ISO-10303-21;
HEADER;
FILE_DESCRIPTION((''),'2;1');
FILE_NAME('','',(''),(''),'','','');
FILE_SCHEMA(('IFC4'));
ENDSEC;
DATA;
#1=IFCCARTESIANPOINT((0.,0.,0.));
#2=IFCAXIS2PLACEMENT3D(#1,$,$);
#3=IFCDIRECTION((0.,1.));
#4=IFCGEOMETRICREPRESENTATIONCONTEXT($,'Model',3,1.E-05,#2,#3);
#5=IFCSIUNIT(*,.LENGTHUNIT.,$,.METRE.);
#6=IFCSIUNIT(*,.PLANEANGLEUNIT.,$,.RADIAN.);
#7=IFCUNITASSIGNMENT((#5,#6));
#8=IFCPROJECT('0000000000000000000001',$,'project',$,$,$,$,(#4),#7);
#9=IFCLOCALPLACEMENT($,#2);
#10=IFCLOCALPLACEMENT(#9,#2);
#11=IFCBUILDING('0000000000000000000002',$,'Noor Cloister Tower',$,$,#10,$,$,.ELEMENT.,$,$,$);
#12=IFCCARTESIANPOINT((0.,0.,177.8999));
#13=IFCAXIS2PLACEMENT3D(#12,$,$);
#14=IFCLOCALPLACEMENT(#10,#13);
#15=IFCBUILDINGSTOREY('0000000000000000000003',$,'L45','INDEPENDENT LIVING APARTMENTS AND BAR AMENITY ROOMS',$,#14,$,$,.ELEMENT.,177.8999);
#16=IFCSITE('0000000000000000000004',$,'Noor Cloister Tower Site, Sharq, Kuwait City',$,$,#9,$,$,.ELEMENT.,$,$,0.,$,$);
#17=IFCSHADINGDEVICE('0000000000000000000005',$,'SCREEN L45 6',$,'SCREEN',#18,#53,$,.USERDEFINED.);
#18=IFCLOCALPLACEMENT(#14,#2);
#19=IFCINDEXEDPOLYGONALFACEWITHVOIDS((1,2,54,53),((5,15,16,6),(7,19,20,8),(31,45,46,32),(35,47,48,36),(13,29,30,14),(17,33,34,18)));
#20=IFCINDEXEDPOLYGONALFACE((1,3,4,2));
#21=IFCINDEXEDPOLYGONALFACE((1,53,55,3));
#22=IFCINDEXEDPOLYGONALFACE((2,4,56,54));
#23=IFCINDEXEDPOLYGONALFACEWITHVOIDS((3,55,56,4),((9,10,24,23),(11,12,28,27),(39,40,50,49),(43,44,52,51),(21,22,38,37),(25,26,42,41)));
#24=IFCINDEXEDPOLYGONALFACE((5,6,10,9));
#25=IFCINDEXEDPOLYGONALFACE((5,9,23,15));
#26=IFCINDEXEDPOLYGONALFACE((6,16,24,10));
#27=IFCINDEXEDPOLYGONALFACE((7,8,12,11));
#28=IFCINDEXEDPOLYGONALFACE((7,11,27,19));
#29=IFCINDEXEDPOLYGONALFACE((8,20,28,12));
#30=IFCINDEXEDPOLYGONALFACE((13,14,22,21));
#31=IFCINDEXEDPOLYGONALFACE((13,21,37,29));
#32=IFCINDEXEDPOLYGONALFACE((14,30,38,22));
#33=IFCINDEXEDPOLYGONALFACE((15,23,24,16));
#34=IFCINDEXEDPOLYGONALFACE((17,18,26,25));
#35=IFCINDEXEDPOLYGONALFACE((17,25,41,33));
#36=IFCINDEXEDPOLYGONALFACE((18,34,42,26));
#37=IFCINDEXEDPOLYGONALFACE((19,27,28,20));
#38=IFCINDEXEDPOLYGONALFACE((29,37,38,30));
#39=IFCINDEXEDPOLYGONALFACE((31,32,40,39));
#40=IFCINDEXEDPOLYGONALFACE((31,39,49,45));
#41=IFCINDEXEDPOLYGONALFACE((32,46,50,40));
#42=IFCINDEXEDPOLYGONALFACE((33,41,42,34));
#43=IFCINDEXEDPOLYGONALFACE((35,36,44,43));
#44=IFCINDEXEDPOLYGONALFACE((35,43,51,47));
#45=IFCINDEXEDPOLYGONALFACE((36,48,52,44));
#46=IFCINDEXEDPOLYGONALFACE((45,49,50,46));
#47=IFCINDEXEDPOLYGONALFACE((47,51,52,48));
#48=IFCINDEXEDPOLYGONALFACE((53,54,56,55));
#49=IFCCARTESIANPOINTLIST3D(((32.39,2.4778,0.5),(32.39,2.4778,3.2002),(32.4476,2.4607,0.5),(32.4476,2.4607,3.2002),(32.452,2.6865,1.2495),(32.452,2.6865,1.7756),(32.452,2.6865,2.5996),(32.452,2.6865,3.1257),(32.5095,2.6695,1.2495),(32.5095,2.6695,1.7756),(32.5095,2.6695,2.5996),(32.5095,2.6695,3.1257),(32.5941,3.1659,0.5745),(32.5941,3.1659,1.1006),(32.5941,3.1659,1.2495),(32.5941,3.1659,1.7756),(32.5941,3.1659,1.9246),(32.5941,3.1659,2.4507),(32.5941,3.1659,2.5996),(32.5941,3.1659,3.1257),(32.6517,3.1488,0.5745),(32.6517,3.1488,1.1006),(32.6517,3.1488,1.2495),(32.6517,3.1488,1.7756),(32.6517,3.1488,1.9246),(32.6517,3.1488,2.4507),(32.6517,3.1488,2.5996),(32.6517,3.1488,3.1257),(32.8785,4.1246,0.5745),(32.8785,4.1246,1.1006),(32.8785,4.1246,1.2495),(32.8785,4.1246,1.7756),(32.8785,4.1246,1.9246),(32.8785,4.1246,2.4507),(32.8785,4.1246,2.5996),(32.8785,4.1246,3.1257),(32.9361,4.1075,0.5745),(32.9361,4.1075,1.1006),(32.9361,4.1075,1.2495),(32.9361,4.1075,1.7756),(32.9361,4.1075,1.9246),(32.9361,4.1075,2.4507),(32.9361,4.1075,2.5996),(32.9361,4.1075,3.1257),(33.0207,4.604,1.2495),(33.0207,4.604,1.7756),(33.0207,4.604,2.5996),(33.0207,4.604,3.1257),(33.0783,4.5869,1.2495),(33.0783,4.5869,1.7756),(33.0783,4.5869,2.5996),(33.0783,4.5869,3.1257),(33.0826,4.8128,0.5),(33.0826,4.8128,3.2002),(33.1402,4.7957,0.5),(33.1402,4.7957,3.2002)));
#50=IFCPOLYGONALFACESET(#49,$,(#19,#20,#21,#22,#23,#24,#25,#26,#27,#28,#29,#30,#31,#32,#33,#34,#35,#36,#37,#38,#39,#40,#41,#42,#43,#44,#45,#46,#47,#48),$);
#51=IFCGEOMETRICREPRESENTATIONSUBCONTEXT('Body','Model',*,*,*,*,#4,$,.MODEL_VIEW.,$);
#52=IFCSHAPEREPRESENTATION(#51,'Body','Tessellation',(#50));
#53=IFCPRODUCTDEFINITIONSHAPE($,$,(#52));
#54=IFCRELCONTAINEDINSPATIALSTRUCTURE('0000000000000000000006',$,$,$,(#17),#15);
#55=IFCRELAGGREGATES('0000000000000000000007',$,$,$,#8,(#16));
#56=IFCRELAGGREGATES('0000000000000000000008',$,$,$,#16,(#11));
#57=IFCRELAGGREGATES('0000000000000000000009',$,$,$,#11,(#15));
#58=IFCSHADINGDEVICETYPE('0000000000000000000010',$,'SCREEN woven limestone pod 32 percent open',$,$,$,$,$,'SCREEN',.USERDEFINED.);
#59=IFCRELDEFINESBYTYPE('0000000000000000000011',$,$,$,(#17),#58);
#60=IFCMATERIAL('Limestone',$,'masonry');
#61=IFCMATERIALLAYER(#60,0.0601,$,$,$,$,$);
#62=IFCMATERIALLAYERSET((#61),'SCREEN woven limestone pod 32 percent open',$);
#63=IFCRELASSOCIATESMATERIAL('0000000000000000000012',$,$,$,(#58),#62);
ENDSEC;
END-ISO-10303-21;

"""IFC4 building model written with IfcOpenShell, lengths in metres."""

from ifc_helpers import new_model, si_unit, direction, frame, origin, place, context, subcontext, project, spatial, polyline, outline, extrude, material, layer, layer_set, type_object, element, save


model = new_model("IFC4")

# Units and contexts
model_context = context("Model", 3, precision=1e-05, world=origin(), true_north=direction((0.0, 1.0)))
body_context = subcontext(model_context, "Body", "Model", "MODEL_VIEW")
ifc_project = project(units=[si_unit("LENGTHUNIT", "METRE"), si_unit("PLANEANGLEUNIT", "RADIAN")], contexts=[model_context])

# Site, building, storey
site_placement = place(None, origin())
site = spatial("IfcSite", under=ifc_project, at=site_placement, Name="Noor Cloister Tower Site, Sharq, Kuwait City", CompositionType="ELEMENT", RefElevation=0.0)
building_placement = place(site_placement, origin())
building = spatial("IfcBuilding", under=site, at=building_placement, Name="Noor Cloister Tower", CompositionType="ELEMENT")
storey_placement = place(building_placement, frame((0.0, 0.0, 177.8999)))
storey = spatial("IfcBuildingStorey", under=building, at=storey_placement, Name="L45", Description="INDEPENDENT LIVING APARTMENTS AND BAR AMENITY ROOMS", CompositionType="ELEMENT", Elevation=177.8999)

# Shading device
ifc_material_1 = material(Name="Limestone", Category="masonry")
ifc_layer_1 = layer(ifc_material_1, 0.0601)
ifc_layer_set_1 = layer_set([ifc_layer_1], Name="SCREEN woven limestone pod 32 percent open")
shading_device_type = type_object("IfcShadingDeviceType", Name="SCREEN woven limestone pod 32 percent open", ElementType="SCREEN", PredefinedType="USERDEFINED", material=ifc_layer_set_1)
shading_device_1_placement = place(storey_placement, frame((32.7363, 3.6453, 1.8501), z_axis=(0.958716, -0.284365, 0.0), x_axis=(0.284365, 0.958716, 0.0)))
element("IfcShadingDevice", 1, at=shading_device_1_placement, inside=storey, type_object=shading_device_type, Name="SCREEN L45 6", ObjectType="SCREEN", PredefinedType="USERDEFINED", context=body_context, shape_type="SweptSolid", body=[
    extrude(outline(polyline([(-1.2178, -1.3501), (1.2178, -1.3501), (1.2178, 1.3501), (-1.2178, 1.3501), (-1.2178, -1.3501)]), holes=[polyline([(-0.5, -1.2756), (0.5, -1.2756), (0.5, -0.7495), (-0.5, -0.7495), (-0.5, -1.2756)]), polyline([(-1.0, -0.6006), (-0.5, -0.6006), (-0.5, -0.0745), (-1.0, -0.0745), (-1.0, -0.6006)]), polyline([(0.5, -0.6006), (1.0, -0.6006), (1.0, -0.0745), (0.5, -0.0745), (0.5, -0.6006)]), polyline([(-0.5, 0.0745), (0.5, 0.0745), (0.5, 0.6006), (-0.5, 0.6006), (-0.5, 0.0745)]), polyline([(-1.0, 0.7495), (-0.5, 0.7495), (-0.5, 1.2756), (-1.0, 1.2756), (-1.0, 0.7495)]), polyline([(0.5, 0.7495), (1.0, 0.7495), (1.0, 1.2756), (0.5, 1.2756), (0.5, 0.7495)])]), origin(), (0.0, 0.0, 1.0), 0.0601),
])

save(model, "model.ifc")
